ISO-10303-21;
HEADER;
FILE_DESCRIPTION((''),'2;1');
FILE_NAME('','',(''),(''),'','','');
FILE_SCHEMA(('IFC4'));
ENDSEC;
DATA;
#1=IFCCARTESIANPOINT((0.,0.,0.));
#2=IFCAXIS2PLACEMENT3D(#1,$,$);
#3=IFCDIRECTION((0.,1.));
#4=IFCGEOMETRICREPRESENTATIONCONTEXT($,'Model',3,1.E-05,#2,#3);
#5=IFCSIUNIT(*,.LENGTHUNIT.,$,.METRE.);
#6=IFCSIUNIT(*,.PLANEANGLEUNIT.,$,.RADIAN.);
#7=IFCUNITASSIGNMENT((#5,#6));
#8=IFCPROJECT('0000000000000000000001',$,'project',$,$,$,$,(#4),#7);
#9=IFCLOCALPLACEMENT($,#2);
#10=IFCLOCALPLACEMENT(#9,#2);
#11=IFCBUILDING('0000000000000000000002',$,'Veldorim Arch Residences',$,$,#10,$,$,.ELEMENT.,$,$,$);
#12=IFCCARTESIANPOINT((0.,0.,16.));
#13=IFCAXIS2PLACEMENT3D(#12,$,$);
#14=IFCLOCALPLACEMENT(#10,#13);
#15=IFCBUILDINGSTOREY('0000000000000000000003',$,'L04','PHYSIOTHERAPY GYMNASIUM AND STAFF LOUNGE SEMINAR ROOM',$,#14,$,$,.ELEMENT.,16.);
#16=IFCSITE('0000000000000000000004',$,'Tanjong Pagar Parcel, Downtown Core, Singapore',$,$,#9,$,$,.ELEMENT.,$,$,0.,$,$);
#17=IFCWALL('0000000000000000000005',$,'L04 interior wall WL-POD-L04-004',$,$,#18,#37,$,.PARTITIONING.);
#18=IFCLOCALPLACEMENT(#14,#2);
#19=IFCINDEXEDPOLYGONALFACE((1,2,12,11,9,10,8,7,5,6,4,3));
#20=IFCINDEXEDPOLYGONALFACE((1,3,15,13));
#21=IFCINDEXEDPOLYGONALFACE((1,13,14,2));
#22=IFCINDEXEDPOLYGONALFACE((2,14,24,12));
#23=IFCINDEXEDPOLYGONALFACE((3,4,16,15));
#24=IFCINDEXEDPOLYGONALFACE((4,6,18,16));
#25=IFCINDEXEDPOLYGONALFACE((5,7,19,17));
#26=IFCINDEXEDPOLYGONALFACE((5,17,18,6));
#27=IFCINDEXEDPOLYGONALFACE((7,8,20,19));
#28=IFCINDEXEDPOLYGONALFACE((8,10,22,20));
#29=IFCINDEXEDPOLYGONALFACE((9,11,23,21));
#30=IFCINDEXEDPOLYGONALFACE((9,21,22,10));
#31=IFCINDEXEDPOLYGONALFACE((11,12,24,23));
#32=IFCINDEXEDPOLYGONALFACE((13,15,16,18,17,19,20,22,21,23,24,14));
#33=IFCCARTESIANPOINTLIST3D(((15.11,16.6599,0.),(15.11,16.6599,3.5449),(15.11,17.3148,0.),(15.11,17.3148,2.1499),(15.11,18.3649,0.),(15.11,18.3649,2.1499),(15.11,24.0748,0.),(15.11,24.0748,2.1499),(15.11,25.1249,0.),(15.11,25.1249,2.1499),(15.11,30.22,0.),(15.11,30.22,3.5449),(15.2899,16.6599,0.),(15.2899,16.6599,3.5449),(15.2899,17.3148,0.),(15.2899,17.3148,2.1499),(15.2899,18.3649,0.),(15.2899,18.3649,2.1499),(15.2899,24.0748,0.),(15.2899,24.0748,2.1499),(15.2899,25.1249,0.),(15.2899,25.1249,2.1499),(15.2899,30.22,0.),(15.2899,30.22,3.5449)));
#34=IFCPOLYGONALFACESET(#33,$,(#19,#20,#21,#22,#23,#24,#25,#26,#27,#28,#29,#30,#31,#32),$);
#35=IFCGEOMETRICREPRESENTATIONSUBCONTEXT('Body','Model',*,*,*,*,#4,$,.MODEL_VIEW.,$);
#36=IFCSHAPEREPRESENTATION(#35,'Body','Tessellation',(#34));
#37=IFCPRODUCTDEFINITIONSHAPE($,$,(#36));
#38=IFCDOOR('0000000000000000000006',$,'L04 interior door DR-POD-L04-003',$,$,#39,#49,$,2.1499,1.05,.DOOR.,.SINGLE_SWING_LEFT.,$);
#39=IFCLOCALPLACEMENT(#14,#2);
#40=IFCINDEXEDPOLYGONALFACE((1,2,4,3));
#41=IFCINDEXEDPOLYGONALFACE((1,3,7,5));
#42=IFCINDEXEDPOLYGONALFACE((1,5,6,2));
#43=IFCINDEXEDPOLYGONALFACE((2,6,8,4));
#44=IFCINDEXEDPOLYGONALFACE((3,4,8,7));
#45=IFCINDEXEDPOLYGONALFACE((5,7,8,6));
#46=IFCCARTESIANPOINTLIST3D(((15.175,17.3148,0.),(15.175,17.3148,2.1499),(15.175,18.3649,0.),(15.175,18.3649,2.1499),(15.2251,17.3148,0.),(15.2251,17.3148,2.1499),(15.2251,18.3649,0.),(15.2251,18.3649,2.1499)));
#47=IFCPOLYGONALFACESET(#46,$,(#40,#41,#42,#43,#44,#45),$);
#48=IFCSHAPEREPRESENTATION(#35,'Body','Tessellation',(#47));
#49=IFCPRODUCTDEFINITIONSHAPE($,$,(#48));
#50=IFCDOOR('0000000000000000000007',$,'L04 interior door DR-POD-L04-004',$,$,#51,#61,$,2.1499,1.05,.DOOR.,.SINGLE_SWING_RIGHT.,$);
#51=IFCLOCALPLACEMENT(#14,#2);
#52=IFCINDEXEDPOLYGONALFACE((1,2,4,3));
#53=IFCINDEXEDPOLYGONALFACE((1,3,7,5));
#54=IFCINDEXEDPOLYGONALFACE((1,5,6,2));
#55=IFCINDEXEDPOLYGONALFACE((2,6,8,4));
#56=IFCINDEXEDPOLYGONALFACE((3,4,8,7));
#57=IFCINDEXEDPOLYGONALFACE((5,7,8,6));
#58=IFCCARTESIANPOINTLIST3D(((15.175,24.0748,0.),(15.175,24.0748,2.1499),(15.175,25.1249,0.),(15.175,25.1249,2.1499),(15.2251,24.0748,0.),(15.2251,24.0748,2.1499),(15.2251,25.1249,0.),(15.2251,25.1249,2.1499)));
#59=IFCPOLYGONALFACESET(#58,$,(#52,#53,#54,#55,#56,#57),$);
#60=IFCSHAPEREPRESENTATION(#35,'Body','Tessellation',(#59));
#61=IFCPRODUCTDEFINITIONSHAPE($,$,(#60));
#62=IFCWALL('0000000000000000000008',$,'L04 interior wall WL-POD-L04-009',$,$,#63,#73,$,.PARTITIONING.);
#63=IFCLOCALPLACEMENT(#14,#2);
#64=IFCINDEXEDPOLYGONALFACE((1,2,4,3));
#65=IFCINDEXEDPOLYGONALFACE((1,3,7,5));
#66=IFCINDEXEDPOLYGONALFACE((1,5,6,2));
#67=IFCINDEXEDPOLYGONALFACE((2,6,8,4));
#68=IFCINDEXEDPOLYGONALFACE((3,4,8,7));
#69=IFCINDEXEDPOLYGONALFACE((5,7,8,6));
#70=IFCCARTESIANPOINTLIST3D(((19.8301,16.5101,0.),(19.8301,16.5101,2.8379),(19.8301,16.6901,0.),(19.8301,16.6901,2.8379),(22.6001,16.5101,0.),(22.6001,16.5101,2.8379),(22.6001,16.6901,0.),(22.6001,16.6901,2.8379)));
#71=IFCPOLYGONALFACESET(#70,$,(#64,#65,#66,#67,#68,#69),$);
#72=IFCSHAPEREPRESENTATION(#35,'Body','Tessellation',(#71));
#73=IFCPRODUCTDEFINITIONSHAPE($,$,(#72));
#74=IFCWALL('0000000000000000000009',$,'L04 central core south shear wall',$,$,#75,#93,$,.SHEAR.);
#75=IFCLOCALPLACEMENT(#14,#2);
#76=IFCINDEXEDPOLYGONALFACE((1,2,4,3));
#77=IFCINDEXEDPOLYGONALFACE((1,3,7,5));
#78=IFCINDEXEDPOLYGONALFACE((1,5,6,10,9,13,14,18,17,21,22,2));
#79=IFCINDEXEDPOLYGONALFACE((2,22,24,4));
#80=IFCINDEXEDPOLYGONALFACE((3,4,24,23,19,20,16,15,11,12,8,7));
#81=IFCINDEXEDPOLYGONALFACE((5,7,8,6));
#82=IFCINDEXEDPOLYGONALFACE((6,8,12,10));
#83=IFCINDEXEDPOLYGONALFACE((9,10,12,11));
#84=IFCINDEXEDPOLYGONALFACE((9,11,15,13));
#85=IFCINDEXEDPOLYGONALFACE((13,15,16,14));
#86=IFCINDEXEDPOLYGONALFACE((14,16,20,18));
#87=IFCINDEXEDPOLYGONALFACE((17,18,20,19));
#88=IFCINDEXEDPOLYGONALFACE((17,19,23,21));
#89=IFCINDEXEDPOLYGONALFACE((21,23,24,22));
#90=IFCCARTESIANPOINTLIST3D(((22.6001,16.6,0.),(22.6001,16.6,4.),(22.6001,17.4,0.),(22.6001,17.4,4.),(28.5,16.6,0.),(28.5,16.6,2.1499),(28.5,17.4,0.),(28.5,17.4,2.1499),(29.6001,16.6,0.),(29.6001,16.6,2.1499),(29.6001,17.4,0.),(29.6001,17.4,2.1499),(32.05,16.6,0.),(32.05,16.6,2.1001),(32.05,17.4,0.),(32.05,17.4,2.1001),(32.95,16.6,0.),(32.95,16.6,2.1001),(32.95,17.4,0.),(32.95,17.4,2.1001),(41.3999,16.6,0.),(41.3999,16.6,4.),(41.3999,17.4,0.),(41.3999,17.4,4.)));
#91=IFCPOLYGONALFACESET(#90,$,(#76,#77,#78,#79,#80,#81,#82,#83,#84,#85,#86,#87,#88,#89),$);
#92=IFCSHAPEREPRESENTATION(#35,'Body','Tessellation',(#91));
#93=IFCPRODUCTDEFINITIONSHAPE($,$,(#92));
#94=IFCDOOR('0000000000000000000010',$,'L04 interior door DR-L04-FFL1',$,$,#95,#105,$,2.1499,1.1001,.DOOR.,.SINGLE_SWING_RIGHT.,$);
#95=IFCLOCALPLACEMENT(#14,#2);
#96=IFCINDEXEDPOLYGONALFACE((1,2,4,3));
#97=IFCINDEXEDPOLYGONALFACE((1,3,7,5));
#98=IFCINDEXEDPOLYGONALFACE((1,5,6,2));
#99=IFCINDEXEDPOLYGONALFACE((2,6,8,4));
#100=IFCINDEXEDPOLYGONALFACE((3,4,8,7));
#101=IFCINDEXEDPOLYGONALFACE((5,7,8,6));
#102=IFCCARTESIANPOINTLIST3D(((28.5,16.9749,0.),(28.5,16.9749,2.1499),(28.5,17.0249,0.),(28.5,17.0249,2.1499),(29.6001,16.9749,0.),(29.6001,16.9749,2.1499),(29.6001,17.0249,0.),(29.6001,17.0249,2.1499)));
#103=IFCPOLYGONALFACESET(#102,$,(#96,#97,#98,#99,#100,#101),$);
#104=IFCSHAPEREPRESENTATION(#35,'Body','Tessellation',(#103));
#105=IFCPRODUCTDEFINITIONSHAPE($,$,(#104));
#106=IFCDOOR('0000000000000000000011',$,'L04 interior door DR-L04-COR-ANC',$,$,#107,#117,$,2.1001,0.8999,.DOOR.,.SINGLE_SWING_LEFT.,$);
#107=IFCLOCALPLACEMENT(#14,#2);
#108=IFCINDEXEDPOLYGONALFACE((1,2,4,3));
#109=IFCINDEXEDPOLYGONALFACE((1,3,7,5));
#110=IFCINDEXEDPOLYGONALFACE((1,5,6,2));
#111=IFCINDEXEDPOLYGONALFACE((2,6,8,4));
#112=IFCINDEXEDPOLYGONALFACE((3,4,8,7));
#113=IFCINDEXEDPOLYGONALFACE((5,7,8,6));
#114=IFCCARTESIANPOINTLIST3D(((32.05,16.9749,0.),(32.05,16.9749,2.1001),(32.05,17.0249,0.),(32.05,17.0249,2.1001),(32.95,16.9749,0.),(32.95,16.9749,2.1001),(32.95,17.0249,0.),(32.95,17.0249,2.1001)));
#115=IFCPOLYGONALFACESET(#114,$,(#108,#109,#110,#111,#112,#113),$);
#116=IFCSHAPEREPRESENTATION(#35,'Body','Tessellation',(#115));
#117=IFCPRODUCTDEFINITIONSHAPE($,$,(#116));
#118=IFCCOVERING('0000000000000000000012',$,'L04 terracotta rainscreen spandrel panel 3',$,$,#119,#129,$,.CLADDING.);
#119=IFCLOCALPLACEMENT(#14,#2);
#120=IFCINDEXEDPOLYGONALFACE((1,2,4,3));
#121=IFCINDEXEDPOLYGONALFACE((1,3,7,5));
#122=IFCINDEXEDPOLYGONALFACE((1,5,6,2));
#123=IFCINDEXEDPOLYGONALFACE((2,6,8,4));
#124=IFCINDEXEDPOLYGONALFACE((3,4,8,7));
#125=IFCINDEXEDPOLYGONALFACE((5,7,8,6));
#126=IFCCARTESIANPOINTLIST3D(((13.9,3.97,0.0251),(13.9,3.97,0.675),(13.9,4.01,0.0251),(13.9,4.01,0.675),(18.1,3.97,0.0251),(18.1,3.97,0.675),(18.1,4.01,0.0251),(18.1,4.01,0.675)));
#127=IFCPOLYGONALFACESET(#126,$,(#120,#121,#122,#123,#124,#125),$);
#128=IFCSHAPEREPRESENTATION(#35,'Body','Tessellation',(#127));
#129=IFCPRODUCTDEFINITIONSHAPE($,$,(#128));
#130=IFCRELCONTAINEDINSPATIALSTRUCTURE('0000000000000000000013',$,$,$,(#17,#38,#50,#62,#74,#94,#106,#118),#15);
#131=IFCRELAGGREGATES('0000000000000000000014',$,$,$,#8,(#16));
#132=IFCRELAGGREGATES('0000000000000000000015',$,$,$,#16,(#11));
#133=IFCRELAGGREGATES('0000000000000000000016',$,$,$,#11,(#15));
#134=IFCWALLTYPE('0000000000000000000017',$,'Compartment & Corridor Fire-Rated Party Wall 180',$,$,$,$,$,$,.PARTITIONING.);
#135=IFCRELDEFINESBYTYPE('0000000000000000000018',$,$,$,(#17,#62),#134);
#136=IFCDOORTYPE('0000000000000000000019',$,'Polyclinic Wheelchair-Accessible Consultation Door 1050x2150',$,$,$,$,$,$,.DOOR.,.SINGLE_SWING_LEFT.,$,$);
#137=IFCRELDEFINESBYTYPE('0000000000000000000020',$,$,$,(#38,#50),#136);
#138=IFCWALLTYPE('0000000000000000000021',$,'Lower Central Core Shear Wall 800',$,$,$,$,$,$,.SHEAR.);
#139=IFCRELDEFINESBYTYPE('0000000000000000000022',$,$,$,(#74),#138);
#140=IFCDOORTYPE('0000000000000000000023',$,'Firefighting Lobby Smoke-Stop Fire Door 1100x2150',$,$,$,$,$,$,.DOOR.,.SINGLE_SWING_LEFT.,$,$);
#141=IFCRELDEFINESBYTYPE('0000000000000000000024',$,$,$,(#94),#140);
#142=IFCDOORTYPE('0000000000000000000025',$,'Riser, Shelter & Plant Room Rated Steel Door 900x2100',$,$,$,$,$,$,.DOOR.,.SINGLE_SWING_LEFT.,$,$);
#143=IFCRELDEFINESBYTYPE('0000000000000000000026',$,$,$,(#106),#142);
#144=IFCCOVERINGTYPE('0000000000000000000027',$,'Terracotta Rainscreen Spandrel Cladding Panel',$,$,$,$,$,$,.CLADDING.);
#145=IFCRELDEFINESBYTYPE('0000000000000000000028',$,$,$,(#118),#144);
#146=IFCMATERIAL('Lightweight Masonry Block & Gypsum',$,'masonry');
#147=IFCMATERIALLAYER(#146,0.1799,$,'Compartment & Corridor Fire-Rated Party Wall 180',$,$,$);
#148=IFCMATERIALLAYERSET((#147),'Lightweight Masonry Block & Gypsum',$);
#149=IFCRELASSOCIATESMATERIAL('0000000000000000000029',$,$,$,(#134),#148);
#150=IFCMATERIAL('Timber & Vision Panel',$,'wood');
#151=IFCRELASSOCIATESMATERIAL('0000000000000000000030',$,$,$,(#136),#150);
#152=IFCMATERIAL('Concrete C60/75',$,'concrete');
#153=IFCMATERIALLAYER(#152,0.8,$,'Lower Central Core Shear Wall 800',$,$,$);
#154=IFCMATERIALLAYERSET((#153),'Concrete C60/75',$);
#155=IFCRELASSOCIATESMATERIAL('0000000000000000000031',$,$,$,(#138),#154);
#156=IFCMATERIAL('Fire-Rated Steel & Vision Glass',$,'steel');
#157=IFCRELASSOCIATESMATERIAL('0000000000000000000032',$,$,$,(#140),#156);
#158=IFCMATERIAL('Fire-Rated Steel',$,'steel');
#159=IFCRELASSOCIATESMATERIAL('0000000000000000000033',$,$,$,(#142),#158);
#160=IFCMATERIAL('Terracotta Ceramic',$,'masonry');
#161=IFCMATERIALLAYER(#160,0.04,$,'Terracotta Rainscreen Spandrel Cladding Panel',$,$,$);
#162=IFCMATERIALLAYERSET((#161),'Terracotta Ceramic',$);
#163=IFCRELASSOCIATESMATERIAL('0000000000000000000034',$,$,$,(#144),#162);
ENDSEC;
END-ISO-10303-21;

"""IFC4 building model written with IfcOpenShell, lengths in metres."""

from ifc_helpers import new_model, si_unit, direction, frame, frame_2d, origin, origin_2d, place, context, subcontext, project, spatial, rectangle, extrude, material, layer, layer_set, type_object, element, fill, save


model = new_model("IFC4")

# Units and contexts
model_context = context("Model", 3, precision=1e-05, world=origin(), true_north=direction((0.0, 1.0)))
body_context = subcontext(model_context, "Body", "Model", "MODEL_VIEW")
ifc_project = project(units=[si_unit("LENGTHUNIT", "METRE"), si_unit("PLANEANGLEUNIT", "RADIAN")], contexts=[model_context])

# Site, building, storey
site_placement = place(None, origin())
site = spatial("IfcSite", under=ifc_project, at=site_placement, Name="Tanjong Pagar Parcel, Downtown Core, Singapore", CompositionType="ELEMENT", RefElevation=0.0)
building_placement = place(site_placement, origin())
building = spatial("IfcBuilding", under=site, at=building_placement, Name="Veldorim Arch Residences", CompositionType="ELEMENT")
storey_placement = place(building_placement, frame((0.0, 0.0, 16.0)))
storey = spatial("IfcBuildingStorey", under=building, at=storey_placement, Name="L04", Description="PHYSIOTHERAPY GYMNASIUM AND STAFF LOUNGE SEMINAR ROOM", CompositionType="ELEMENT", Elevation=16.0)

# Shared definitions
ifc_material_1 = material(Name="Lightweight Masonry Block & Gypsum", Category="masonry")
ifc_layer_1 = layer(ifc_material_1, 0.1799, Name="Compartment & Corridor Fire-Rated Party Wall 180")
ifc_layer_set_1 = layer_set([ifc_layer_1], Name="Lightweight Masonry Block & Gypsum")
wall_type_1 = type_object("IfcWallType", Name="Compartment & Corridor Fire-Rated Party Wall 180", PredefinedType="PARTITIONING", material=ifc_layer_set_1)

# Wall, openings, doors
wall_1_placement = place(storey_placement, frame((15.2, 16.6599, 0.0), z_axis=(0.0, 0.0, 1.0), x_axis=(0.0, 1.0, 0.0)))
wall_1 = element("IfcWall", 1, at=wall_1_placement, inside=storey, type_object=wall_type_1, Name="L04 interior wall WL-POD-L04-004", PredefinedType="PARTITIONING", context=body_context, shape_type="SweptSolid", body=[
    extrude(rectangle(XDim=13.5601, YDim=0.1799, at=frame_2d((6.78, 0.0))), origin(), (0.0, 0.0, 1.0), 3.5449),
])
opening_1_placement = place(wall_1_placement, frame((0.655, 0.0, 0.0)))
opening_1 = element("IfcOpeningElement", 2, at=opening_1_placement, cuts=wall_1, PredefinedType="OPENING", context=body_context, shape_type="SweptSolid", body=[
    extrude(rectangle(XDim=1.05, YDim=2.1499, at=frame_2d((0.5249, 1.075))), frame((0.0, 0.0999, 0.0), z_axis=(0.0, -1.0, 0.0), x_axis=(1.0, 0.0, 0.0)), (0.0, 0.0, 1.0), 0.2),
])
opening_2_placement = place(wall_1_placement, frame((7.415, 0.0, 0.0)))
opening_2 = element("IfcOpeningElement", 3, at=opening_2_placement, cuts=wall_1, PredefinedType="OPENING", context=body_context, shape_type="SweptSolid", body=[
    extrude(rectangle(XDim=1.05, YDim=2.1499, at=frame_2d((0.5249, 1.075))), frame((0.0, 0.0999, 0.0), z_axis=(0.0, -1.0, 0.0), x_axis=(1.0, 0.0, 0.0)), (0.0, 0.0, 1.0), 0.2),
])
ifc_material_2 = material(Name="Timber & Vision Panel", Category="wood")
door_type_1 = type_object("IfcDoorType", Name="Polyclinic Wheelchair-Accessible Consultation Door 1050x2150", OperationType="SINGLE_SWING_LEFT", PredefinedType="DOOR", material=ifc_material_2)
door_1_placement = place(opening_1_placement, origin())
door_1 = element("IfcDoor", 4, at=door_1_placement, inside=storey, type_object=door_type_1, Name="L04 interior door DR-POD-L04-003", OperationType="SINGLE_SWING_LEFT", OverallHeight=2.1499, OverallWidth=1.05, PredefinedType="DOOR", context=body_context, shape_type="SweptSolid", body=[
    extrude(rectangle(XDim=1.05, YDim=2.1499, at=frame_2d((0.5249, 1.075))), frame((0.0, 0.0249, 0.0), z_axis=(0.0, -1.0, 0.0), x_axis=(1.0, 0.0, 0.0)), (0.0, 0.0, 1.0), 0.05),
])
fill(opening_1, door_1)
door_2_placement = place(opening_2_placement, origin())
door_2 = element("IfcDoor", 5, at=door_2_placement, inside=storey, type_object=door_type_1, Name="L04 interior door DR-POD-L04-004", OperationType="SINGLE_SWING_RIGHT", OverallHeight=2.1499, OverallWidth=1.05, PredefinedType="DOOR", context=body_context, shape_type="SweptSolid", body=[
    extrude(rectangle(XDim=1.05, YDim=2.1499, at=frame_2d((0.5249, 1.075))), frame((0.0, 0.0249, 0.0), z_axis=(0.0, -1.0, 0.0), x_axis=(1.0, 0.0, 0.0)), (0.0, 0.0, 1.0), 0.05),
])
fill(opening_2, door_2)

# Wall
wall_2_placement = place(storey_placement, frame((19.8301, 16.6001, 0.0), z_axis=(0.0, 0.0, 1.0), x_axis=(1.0, 0.0, 0.0)))
element("IfcWall", 6, at=wall_2_placement, inside=storey, type_object=wall_type_1, Name="L04 interior wall WL-POD-L04-009", PredefinedType="PARTITIONING", context=body_context, shape_type="SweptSolid", body=[
    extrude(rectangle(XDim=2.77, YDim=0.1799, at=frame_2d((1.385, 0.0))), origin(), (0.0, 0.0, 1.0), 2.8379),
])

# Wall, openings, doors
ifc_material_3 = material(Name="Concrete C60/75", Category="concrete")
ifc_layer_2 = layer(ifc_material_3, 0.8, Name="Lower Central Core Shear Wall 800")
ifc_layer_set_2 = layer_set([ifc_layer_2], Name="Concrete C60/75")
wall_type_2 = type_object("IfcWallType", Name="Lower Central Core Shear Wall 800", PredefinedType="SHEAR", material=ifc_layer_set_2)
wall_3_placement = place(storey_placement, frame((22.6001, 17.0, 0.0), z_axis=(0.0, 0.0, 1.0), x_axis=(1.0, 0.0, 0.0)))
wall_3 = element("IfcWall", 7, at=wall_3_placement, inside=storey, type_object=wall_type_2, Name="L04 central core south shear wall", PredefinedType="SHEAR", context=body_context, shape_type="SweptSolid", body=[
    extrude(rectangle(XDim=18.7998, YDim=0.8, at=frame_2d((9.3999, 0.0))), origin(), (0.0, 0.0, 1.0), 4.0),
])
opening_3_placement = place(wall_3_placement, frame((5.8999, 0.0, 0.0)))
opening_3 = element("IfcOpeningElement", 8, at=opening_3_placement, cuts=wall_3, PredefinedType="OPENING", context=body_context, shape_type="SweptSolid", body=[
    extrude(rectangle(XDim=1.1001, YDim=2.1499, at=frame_2d((0.55, 1.075))), frame((0.0, 0.4099, 0.0), z_axis=(0.0, -1.0, 0.0), x_axis=(1.0, 0.0, 0.0)), (0.0, 0.0, 1.0), 0.8201),
])
opening_4_placement = place(wall_3_placement, frame((9.45, 0.0, 0.0)))
opening_4 = element("IfcOpeningElement", 9, at=opening_4_placement, cuts=wall_3, PredefinedType="OPENING", context=body_context, shape_type="SweptSolid", body=[
    extrude(rectangle(XDim=0.8999, YDim=2.1001, at=frame_2d((0.45, 1.05))), frame((0.0, 0.4099, 0.0), z_axis=(0.0, -1.0, 0.0), x_axis=(1.0, 0.0, 0.0)), (0.0, 0.0, 1.0), 0.8201),
])
ifc_material_4 = material(Name="Fire-Rated Steel & Vision Glass", Category="steel")
door_type_2 = type_object("IfcDoorType", Name="Firefighting Lobby Smoke-Stop Fire Door 1100x2150", OperationType="SINGLE_SWING_LEFT", PredefinedType="DOOR", material=ifc_material_4)
door_3_placement = place(opening_3_placement, origin())
door_3 = element("IfcDoor", 10, at=door_3_placement, inside=storey, type_object=door_type_2, Name="L04 interior door DR-L04-FFL1", OperationType="SINGLE_SWING_RIGHT", OverallHeight=2.1499, OverallWidth=1.1001, PredefinedType="DOOR", context=body_context, shape_type="SweptSolid", body=[
    extrude(rectangle(XDim=1.1001, YDim=2.1499, at=frame_2d((0.55, 1.075))), frame((0.0, 0.0249, 0.0), z_axis=(0.0, -1.0, 0.0), x_axis=(1.0, 0.0, 0.0)), (0.0, 0.0, 1.0), 0.05),
])
fill(opening_3, door_3)
ifc_material_5 = material(Name="Fire-Rated Steel", Category="steel")
door_type_3 = type_object("IfcDoorType", Name="Riser, Shelter & Plant Room Rated Steel Door 900x2100", OperationType="SINGLE_SWING_LEFT", PredefinedType="DOOR", material=ifc_material_5)
door_4_placement = place(opening_4_placement, origin())
door_4 = element("IfcDoor", 11, at=door_4_placement, inside=storey, type_object=door_type_3, Name="L04 interior door DR-L04-COR-ANC", OperationType="SINGLE_SWING_LEFT", OverallHeight=2.1001, OverallWidth=0.8999, PredefinedType="DOOR", context=body_context, shape_type="SweptSolid", body=[
    extrude(rectangle(XDim=0.8999, YDim=2.1001, at=frame_2d((0.45, 1.05))), frame((0.0, 0.0249, 0.0), z_axis=(0.0, -1.0, 0.0), x_axis=(1.0, 0.0, 0.0)), (0.0, 0.0, 1.0), 0.05),
])
fill(opening_4, door_4)

# Covering
ifc_material_6 = material(Name="Terracotta Ceramic", Category="masonry")
ifc_layer_3 = layer(ifc_material_6, 0.04, Name="Terracotta Rainscreen Spandrel Cladding Panel")
ifc_layer_set_3 = layer_set([ifc_layer_3], Name="Terracotta Ceramic")
covering_type = type_object("IfcCoveringType", Name="Terracotta Rainscreen Spandrel Cladding Panel", PredefinedType="CLADDING", material=ifc_layer_set_3)
covering_placement = place(storey_placement, frame((16.0, 3.99, 0.0251), z_axis=(0.0, 0.0, 1.0), x_axis=(1.0, 0.0, 0.0)))
element("IfcCovering", 12, at=covering_placement, inside=storey, type_object=covering_type, Name="L04 terracotta rainscreen spandrel panel 3", PredefinedType="CLADDING", context=body_context, shape_type="SweptSolid", body=[
    extrude(rectangle(XDim=4.2, YDim=0.04, at=origin_2d()), origin(), (0.0, 0.0, 1.0), 0.6499),
])

save(model, "model.ifc")
